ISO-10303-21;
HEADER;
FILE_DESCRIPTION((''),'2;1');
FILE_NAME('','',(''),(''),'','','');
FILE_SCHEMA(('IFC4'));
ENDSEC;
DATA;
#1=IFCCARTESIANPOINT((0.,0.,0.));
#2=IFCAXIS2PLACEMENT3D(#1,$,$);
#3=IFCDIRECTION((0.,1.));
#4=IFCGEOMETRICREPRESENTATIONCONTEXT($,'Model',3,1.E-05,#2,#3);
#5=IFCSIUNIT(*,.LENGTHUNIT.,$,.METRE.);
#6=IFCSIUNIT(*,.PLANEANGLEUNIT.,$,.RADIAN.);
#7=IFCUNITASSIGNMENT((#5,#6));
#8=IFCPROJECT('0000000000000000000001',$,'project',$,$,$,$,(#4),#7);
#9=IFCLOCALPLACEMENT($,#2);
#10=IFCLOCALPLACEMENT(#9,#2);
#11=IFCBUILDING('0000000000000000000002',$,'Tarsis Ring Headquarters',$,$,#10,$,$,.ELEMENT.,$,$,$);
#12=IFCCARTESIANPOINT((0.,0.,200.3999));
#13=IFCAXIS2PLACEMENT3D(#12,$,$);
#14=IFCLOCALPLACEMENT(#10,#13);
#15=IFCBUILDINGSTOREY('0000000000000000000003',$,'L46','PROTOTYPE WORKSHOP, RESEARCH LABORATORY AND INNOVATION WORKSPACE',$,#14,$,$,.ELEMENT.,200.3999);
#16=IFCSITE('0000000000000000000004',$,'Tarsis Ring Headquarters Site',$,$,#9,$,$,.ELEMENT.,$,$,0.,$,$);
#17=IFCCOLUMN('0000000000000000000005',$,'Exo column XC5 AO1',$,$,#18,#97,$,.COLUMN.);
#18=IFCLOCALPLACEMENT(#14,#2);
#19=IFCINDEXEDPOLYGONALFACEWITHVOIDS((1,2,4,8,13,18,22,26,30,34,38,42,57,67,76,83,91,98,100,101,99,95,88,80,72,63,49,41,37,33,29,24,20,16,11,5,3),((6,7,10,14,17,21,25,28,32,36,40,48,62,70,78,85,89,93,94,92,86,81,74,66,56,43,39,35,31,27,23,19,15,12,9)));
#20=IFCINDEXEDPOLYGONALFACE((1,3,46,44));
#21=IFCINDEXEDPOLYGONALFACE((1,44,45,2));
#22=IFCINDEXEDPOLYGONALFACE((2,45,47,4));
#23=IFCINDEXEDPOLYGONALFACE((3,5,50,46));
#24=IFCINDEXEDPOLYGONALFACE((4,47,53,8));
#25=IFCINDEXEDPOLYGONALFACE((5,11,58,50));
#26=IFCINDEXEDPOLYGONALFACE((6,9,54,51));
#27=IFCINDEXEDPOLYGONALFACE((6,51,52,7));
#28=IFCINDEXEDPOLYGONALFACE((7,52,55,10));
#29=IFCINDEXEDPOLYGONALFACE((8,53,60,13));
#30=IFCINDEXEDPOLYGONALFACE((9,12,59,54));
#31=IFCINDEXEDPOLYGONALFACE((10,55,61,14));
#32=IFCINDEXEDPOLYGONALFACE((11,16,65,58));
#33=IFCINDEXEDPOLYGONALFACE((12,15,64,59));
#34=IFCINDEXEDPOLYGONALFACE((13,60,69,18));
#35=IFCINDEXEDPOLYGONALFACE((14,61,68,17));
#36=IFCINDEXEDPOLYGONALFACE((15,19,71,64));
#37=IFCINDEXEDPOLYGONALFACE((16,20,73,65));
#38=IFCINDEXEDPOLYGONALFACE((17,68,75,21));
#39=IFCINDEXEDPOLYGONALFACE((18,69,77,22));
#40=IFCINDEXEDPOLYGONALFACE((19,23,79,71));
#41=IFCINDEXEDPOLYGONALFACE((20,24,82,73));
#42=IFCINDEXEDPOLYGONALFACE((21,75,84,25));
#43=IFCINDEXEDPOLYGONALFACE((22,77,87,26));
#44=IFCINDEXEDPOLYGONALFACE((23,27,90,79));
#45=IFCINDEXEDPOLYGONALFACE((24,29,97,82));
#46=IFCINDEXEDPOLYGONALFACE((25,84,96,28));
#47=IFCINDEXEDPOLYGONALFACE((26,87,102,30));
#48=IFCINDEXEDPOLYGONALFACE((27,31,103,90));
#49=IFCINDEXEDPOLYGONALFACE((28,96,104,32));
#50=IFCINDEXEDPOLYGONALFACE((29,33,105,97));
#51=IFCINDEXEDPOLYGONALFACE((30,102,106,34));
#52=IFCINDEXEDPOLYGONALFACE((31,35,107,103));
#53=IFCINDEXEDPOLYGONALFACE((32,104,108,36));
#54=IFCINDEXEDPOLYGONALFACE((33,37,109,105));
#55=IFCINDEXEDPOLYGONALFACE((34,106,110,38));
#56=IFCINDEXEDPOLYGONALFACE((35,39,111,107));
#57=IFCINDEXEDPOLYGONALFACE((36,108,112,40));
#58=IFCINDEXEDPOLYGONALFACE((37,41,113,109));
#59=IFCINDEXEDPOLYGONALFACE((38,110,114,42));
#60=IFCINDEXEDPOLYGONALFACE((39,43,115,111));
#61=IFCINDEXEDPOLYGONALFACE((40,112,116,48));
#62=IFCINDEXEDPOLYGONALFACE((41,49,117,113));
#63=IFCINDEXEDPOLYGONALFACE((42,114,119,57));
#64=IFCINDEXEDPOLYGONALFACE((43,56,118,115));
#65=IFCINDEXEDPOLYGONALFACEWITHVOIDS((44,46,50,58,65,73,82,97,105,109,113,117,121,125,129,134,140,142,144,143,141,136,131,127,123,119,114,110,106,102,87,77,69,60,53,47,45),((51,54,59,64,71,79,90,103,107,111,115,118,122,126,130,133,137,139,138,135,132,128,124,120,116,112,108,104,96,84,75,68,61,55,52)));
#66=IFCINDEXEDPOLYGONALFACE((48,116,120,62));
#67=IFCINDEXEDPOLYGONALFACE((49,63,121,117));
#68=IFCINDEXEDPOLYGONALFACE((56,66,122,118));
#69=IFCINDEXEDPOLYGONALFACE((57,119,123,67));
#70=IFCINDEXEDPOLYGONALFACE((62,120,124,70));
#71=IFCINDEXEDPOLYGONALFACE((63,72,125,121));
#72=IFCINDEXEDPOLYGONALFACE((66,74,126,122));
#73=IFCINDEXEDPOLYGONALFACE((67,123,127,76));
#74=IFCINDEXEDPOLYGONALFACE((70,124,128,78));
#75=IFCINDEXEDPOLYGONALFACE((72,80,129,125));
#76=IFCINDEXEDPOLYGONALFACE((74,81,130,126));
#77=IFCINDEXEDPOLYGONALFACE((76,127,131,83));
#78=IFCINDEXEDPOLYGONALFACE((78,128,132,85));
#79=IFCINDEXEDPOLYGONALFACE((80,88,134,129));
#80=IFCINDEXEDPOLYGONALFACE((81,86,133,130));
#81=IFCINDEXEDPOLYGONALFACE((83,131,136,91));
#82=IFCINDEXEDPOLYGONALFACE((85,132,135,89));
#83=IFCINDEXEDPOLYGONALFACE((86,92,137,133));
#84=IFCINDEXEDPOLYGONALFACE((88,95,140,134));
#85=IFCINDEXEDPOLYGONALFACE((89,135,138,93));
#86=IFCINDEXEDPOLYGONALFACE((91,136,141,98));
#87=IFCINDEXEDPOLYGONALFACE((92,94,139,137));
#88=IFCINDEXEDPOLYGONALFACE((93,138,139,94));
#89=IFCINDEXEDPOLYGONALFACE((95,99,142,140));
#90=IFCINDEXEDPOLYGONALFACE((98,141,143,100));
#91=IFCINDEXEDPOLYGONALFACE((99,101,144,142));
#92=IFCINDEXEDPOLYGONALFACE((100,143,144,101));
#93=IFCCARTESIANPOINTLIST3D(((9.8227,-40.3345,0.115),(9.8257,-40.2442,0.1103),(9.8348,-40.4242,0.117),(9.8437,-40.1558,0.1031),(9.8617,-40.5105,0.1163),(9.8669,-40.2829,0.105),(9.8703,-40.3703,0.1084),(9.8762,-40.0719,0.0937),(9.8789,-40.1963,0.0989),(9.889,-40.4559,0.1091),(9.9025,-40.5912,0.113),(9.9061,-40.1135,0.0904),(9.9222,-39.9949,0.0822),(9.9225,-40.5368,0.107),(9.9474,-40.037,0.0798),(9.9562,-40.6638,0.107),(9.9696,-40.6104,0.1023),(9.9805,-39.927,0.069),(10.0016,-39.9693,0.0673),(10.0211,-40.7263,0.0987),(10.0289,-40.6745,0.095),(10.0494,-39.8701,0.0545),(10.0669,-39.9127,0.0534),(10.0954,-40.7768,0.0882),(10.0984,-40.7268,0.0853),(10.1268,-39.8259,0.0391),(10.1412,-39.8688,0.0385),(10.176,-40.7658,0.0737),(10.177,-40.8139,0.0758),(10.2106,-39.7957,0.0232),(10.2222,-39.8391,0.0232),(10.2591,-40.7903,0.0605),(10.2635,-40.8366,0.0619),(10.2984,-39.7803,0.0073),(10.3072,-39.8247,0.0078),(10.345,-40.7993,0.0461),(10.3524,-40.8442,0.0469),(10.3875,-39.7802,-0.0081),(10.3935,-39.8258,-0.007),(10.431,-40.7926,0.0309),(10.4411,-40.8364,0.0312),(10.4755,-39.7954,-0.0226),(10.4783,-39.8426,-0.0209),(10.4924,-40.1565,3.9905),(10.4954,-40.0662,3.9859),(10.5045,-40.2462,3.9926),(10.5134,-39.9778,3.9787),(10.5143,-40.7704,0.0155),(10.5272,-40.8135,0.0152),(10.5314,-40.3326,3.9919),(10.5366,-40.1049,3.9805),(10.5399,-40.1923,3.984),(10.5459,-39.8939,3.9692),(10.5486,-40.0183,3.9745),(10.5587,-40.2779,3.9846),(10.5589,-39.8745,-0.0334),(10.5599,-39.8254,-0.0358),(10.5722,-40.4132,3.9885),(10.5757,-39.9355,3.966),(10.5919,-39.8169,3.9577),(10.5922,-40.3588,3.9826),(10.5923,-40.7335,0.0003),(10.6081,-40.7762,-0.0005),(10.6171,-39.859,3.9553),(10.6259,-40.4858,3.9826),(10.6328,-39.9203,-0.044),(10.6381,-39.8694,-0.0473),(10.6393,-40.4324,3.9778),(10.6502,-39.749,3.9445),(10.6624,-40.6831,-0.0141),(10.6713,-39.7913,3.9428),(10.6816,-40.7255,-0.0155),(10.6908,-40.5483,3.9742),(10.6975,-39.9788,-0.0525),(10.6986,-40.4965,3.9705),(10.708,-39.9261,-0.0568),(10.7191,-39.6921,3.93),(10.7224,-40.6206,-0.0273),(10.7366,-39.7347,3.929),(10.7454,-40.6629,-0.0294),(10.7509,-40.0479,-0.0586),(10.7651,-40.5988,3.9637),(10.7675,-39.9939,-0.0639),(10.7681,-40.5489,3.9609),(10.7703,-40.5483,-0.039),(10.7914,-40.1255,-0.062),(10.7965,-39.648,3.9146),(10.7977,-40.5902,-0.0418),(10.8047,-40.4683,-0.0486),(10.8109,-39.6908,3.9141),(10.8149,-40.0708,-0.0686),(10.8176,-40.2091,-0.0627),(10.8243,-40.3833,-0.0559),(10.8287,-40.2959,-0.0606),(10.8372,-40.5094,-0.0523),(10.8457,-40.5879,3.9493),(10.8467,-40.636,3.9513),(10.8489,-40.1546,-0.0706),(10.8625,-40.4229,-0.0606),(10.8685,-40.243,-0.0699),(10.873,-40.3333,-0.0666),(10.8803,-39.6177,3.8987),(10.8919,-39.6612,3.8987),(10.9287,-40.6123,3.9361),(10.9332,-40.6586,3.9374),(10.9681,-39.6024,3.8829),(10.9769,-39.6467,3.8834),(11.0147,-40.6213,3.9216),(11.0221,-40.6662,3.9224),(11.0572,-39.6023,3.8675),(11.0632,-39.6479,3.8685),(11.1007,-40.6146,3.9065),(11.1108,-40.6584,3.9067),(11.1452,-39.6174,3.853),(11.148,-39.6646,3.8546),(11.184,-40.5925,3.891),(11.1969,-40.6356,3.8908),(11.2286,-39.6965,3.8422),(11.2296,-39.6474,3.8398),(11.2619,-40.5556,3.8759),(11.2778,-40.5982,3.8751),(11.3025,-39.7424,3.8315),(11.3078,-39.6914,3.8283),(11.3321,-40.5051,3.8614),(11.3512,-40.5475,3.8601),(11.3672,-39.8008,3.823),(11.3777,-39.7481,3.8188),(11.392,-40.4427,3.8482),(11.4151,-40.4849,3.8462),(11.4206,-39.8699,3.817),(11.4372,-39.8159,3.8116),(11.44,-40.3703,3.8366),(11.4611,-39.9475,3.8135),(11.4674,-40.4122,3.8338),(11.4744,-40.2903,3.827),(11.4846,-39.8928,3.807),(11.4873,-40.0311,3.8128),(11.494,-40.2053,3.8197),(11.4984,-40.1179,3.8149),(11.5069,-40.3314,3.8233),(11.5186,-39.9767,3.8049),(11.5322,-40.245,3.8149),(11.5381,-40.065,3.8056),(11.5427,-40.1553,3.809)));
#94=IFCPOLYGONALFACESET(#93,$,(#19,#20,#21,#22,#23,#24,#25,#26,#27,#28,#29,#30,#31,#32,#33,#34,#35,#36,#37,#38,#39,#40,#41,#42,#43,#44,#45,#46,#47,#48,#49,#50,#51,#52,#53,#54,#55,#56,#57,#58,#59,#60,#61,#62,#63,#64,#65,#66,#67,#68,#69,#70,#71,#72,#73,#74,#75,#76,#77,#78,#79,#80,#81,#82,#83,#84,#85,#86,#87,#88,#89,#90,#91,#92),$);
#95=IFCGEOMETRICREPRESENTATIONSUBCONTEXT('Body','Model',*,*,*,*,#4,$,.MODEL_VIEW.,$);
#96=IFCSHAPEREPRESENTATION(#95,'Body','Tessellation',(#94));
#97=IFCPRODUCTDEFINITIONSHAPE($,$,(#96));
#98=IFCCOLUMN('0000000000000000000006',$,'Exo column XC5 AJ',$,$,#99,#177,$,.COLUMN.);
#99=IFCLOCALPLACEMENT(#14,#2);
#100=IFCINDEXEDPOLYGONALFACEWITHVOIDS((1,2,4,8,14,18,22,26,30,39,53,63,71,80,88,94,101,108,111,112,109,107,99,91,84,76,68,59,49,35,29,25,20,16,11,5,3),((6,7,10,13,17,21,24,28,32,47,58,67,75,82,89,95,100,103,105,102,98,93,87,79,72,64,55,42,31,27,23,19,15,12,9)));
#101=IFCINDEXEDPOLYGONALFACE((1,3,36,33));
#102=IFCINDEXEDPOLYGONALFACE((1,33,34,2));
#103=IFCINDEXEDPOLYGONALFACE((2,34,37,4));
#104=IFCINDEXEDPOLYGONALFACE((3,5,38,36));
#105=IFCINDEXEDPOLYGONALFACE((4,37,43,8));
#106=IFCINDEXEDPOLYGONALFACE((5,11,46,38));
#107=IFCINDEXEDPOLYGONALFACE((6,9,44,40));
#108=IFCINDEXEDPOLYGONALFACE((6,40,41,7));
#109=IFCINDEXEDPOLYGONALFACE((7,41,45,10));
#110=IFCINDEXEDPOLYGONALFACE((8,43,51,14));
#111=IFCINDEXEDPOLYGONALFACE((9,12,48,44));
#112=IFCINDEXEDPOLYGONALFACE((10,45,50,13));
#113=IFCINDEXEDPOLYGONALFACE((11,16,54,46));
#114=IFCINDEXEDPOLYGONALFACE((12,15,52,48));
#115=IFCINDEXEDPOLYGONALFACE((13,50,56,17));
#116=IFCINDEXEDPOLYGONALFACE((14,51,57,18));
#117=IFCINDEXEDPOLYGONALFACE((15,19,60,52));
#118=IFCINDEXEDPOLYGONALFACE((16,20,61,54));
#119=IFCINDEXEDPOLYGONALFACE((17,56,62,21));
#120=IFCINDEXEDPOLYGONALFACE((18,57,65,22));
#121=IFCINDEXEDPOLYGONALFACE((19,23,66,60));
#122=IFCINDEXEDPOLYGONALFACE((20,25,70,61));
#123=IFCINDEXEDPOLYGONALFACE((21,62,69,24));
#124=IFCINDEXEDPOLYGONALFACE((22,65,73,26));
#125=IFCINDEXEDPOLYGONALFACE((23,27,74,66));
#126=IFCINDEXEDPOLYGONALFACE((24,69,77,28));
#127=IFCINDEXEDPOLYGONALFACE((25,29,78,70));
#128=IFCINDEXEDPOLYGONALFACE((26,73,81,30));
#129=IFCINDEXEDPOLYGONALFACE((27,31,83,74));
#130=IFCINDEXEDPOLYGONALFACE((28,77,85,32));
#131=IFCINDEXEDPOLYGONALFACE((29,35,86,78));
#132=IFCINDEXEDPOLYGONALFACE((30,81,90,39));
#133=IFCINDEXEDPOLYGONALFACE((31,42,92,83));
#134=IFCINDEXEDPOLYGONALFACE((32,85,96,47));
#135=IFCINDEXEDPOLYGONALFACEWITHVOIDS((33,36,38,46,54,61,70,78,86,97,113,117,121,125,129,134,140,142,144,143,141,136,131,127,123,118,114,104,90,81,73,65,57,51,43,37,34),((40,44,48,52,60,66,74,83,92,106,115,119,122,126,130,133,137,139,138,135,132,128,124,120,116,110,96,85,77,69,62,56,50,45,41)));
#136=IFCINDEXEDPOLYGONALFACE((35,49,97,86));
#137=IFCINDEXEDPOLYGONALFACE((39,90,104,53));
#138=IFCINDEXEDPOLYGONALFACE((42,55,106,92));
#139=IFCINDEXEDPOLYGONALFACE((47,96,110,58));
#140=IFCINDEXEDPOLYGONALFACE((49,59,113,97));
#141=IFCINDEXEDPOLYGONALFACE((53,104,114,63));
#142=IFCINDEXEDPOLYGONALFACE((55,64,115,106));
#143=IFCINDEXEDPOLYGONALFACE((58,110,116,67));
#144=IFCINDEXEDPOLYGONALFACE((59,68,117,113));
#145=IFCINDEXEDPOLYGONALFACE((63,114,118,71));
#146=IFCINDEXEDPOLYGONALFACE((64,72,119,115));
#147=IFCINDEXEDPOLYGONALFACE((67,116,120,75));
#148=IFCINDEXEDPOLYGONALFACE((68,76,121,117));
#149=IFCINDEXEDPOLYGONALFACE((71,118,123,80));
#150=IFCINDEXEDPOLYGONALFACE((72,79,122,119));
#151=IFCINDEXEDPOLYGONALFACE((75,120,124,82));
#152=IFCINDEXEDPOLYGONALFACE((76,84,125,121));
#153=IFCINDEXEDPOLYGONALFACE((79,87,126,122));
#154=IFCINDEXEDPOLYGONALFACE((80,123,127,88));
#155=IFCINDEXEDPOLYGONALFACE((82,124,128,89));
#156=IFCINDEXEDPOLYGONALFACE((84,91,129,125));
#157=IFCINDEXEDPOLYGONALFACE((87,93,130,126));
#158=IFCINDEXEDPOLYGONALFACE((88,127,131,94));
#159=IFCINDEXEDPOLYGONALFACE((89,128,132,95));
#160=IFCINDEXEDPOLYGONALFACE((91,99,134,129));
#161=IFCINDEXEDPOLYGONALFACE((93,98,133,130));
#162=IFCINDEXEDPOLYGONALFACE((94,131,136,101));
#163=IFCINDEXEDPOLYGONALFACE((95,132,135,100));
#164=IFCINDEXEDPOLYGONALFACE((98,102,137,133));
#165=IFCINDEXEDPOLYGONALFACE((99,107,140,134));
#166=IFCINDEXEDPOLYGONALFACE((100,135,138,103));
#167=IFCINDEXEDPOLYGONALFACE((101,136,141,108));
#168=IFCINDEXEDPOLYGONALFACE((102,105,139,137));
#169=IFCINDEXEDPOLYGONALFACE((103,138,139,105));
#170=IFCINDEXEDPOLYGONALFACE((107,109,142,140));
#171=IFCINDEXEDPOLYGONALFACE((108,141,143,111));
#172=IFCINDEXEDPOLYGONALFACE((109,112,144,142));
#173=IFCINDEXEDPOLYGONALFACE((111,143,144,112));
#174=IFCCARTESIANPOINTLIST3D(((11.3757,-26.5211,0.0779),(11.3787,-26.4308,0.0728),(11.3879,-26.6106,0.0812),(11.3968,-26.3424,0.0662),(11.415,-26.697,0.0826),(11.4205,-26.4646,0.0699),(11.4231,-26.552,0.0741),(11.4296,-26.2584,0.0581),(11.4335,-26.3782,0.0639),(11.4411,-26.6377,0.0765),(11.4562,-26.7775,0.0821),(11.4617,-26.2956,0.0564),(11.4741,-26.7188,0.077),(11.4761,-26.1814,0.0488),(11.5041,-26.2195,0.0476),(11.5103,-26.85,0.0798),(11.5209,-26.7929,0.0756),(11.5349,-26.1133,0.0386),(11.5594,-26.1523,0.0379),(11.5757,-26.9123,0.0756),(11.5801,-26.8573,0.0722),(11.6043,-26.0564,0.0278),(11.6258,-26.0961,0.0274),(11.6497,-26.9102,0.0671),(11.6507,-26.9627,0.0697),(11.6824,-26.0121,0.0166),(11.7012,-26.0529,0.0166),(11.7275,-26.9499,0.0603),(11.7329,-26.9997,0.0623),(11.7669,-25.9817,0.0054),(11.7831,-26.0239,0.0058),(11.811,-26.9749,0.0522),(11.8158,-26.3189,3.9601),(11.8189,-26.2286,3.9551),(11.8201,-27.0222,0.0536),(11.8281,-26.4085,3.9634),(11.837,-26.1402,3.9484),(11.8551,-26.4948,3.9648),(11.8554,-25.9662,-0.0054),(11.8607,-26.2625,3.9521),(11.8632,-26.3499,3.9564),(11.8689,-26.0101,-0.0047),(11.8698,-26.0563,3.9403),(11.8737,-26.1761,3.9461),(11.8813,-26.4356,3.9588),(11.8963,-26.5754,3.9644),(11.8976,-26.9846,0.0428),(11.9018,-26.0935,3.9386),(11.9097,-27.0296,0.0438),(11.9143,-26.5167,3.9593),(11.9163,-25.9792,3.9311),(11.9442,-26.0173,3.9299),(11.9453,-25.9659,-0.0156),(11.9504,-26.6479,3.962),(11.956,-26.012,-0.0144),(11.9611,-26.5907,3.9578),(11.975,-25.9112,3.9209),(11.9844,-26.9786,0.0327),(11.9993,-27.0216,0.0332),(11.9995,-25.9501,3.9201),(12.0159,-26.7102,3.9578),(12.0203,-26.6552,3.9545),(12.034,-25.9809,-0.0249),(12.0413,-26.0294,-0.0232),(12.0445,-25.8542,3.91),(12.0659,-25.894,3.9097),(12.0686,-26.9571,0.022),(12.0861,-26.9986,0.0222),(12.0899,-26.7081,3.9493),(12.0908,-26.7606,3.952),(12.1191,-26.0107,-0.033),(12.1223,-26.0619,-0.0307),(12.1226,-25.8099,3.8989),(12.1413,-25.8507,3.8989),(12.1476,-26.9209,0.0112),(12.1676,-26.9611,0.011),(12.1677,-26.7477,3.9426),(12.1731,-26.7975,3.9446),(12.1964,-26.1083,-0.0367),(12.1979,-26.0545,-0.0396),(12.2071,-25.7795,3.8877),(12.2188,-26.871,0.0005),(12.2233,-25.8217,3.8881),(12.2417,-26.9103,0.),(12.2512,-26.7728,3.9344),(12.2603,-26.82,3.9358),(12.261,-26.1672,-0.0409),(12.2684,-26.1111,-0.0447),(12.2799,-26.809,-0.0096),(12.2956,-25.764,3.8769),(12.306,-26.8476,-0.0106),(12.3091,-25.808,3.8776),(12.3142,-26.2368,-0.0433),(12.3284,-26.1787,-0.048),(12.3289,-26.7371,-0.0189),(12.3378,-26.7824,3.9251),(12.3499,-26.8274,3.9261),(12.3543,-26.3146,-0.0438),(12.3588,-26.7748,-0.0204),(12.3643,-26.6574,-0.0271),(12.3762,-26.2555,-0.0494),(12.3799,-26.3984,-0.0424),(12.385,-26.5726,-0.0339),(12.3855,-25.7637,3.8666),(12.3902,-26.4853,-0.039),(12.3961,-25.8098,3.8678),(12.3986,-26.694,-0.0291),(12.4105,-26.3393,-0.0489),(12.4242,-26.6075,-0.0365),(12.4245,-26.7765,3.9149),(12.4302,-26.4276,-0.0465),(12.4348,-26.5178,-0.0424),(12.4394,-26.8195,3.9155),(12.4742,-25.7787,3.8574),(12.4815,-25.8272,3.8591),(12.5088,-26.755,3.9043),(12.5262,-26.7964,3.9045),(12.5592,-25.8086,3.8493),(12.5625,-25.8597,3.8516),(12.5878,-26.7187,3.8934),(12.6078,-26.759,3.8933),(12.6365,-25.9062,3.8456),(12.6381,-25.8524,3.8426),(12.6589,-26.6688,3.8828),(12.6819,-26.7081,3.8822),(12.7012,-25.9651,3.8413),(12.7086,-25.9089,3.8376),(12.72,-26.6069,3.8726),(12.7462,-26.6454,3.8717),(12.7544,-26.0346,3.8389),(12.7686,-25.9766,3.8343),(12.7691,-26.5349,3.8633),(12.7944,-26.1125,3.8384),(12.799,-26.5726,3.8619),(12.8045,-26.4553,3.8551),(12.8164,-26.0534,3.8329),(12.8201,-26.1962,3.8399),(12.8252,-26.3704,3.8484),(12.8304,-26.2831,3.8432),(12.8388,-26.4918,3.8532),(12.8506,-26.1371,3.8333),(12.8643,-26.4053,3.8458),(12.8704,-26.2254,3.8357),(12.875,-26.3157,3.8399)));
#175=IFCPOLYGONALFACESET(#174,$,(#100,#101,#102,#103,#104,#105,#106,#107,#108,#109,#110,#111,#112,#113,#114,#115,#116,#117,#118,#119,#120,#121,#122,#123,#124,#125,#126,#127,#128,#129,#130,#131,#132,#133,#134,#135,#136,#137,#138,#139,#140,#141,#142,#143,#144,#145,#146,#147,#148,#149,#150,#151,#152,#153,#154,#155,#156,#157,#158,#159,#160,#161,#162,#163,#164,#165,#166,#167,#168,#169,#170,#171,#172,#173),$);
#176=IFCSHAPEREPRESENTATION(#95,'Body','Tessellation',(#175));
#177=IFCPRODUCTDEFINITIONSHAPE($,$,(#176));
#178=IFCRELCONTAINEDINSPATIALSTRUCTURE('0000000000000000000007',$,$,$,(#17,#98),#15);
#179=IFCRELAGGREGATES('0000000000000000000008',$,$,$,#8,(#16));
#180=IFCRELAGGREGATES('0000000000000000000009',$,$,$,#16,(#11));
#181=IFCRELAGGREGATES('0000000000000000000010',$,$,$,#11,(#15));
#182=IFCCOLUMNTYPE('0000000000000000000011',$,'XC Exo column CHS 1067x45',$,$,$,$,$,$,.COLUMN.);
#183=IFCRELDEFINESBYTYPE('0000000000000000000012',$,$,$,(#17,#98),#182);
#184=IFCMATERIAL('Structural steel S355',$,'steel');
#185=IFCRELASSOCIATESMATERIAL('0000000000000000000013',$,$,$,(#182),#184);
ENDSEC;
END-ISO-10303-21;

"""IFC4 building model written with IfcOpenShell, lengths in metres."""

from ifc_helpers import new_model, si_unit, direction, frame, origin, origin_2d, place, context, subcontext, project, spatial, hollow_circle, extrude, material, material_profile, profile_set, type_object, element, save


model = new_model("IFC4")

# Units and contexts
model_context = context("Model", 3, precision=1e-05, world=origin(), true_north=direction((0.0, 1.0)))
body_context = subcontext(model_context, "Body", "Model", "MODEL_VIEW")
ifc_project = project(units=[si_unit("LENGTHUNIT", "METRE"), si_unit("PLANEANGLEUNIT", "RADIAN")], contexts=[model_context])

# Site, building, storey
site_placement = place(None, origin())
site = spatial("IfcSite", under=ifc_project, at=site_placement, Name="Tarsis Ring Headquarters Site", CompositionType="ELEMENT", RefElevation=0.0)
building_placement = place(site_placement, origin())
building = spatial("IfcBuilding", under=site, at=building_placement, Name="Tarsis Ring Headquarters", CompositionType="ELEMENT")
storey_placement = place(building_placement, frame((0.0, 0.0, 200.3999)))
storey = spatial("IfcBuildingStorey", under=building, at=storey_placement, Name="L46", Description="PROTOTYPE WORKSHOP, RESEARCH LABORATORY AND INNOVATION WORKSPACE", CompositionType="ELEMENT", Elevation=200.3999)

# Columns
ifc_material_1 = material(Name="Structural steel S355", Category="steel")
ifc_material_profile_1 = material_profile(ifc_material_1, hollow_circle(Radius=0.5334, WallThickness=0.0449, at=origin_2d()), Name="CHS 1067x45")
ifc_profile_set_1 = profile_set([ifc_material_profile_1], Name="Structural steel S355")
column_type = type_object("IfcColumnType", Name="XC Exo column CHS 1067x45", PredefinedType="COLUMN", material=ifc_profile_set_1)
column_1_placement = place(storey_placement, frame((10.3477, -40.3113, 0.0232), z_axis=(0.170101, 0.045207, 0.984389), x_axis=(-0.256851, 0.966451, 0.0)))
element("IfcColumn", 1, at=column_1_placement, inside=storey, type_object=column_type, Name="Exo column XC5 AO1", PredefinedType="COLUMN", context=body_context, shape_type="SweptSolid", body=[
    extrude(hollow_circle(Radius=0.5334, WallThickness=0.0449, at=origin_2d()), origin(), (0.0, 0.0, 1.0), 3.937),
])
column_2_placement = place(storey_placement, frame((11.905, -26.4968, 0.0166), z_axis=(0.11251, 0.051668, 0.992306), x_axis=(-0.417331, 0.908754, 0.0)))
element("IfcColumn", 2, at=column_2_placement, inside=storey, type_object=column_type, Name="Exo column XC5 AJ", PredefinedType="COLUMN", context=body_context, shape_type="SweptSolid", body=[
    extrude(hollow_circle(Radius=0.5334, WallThickness=0.0449, at=origin_2d()), origin(), (0.0, 0.0, 1.0), 3.9124),
])

save(model, "model.ifc")
